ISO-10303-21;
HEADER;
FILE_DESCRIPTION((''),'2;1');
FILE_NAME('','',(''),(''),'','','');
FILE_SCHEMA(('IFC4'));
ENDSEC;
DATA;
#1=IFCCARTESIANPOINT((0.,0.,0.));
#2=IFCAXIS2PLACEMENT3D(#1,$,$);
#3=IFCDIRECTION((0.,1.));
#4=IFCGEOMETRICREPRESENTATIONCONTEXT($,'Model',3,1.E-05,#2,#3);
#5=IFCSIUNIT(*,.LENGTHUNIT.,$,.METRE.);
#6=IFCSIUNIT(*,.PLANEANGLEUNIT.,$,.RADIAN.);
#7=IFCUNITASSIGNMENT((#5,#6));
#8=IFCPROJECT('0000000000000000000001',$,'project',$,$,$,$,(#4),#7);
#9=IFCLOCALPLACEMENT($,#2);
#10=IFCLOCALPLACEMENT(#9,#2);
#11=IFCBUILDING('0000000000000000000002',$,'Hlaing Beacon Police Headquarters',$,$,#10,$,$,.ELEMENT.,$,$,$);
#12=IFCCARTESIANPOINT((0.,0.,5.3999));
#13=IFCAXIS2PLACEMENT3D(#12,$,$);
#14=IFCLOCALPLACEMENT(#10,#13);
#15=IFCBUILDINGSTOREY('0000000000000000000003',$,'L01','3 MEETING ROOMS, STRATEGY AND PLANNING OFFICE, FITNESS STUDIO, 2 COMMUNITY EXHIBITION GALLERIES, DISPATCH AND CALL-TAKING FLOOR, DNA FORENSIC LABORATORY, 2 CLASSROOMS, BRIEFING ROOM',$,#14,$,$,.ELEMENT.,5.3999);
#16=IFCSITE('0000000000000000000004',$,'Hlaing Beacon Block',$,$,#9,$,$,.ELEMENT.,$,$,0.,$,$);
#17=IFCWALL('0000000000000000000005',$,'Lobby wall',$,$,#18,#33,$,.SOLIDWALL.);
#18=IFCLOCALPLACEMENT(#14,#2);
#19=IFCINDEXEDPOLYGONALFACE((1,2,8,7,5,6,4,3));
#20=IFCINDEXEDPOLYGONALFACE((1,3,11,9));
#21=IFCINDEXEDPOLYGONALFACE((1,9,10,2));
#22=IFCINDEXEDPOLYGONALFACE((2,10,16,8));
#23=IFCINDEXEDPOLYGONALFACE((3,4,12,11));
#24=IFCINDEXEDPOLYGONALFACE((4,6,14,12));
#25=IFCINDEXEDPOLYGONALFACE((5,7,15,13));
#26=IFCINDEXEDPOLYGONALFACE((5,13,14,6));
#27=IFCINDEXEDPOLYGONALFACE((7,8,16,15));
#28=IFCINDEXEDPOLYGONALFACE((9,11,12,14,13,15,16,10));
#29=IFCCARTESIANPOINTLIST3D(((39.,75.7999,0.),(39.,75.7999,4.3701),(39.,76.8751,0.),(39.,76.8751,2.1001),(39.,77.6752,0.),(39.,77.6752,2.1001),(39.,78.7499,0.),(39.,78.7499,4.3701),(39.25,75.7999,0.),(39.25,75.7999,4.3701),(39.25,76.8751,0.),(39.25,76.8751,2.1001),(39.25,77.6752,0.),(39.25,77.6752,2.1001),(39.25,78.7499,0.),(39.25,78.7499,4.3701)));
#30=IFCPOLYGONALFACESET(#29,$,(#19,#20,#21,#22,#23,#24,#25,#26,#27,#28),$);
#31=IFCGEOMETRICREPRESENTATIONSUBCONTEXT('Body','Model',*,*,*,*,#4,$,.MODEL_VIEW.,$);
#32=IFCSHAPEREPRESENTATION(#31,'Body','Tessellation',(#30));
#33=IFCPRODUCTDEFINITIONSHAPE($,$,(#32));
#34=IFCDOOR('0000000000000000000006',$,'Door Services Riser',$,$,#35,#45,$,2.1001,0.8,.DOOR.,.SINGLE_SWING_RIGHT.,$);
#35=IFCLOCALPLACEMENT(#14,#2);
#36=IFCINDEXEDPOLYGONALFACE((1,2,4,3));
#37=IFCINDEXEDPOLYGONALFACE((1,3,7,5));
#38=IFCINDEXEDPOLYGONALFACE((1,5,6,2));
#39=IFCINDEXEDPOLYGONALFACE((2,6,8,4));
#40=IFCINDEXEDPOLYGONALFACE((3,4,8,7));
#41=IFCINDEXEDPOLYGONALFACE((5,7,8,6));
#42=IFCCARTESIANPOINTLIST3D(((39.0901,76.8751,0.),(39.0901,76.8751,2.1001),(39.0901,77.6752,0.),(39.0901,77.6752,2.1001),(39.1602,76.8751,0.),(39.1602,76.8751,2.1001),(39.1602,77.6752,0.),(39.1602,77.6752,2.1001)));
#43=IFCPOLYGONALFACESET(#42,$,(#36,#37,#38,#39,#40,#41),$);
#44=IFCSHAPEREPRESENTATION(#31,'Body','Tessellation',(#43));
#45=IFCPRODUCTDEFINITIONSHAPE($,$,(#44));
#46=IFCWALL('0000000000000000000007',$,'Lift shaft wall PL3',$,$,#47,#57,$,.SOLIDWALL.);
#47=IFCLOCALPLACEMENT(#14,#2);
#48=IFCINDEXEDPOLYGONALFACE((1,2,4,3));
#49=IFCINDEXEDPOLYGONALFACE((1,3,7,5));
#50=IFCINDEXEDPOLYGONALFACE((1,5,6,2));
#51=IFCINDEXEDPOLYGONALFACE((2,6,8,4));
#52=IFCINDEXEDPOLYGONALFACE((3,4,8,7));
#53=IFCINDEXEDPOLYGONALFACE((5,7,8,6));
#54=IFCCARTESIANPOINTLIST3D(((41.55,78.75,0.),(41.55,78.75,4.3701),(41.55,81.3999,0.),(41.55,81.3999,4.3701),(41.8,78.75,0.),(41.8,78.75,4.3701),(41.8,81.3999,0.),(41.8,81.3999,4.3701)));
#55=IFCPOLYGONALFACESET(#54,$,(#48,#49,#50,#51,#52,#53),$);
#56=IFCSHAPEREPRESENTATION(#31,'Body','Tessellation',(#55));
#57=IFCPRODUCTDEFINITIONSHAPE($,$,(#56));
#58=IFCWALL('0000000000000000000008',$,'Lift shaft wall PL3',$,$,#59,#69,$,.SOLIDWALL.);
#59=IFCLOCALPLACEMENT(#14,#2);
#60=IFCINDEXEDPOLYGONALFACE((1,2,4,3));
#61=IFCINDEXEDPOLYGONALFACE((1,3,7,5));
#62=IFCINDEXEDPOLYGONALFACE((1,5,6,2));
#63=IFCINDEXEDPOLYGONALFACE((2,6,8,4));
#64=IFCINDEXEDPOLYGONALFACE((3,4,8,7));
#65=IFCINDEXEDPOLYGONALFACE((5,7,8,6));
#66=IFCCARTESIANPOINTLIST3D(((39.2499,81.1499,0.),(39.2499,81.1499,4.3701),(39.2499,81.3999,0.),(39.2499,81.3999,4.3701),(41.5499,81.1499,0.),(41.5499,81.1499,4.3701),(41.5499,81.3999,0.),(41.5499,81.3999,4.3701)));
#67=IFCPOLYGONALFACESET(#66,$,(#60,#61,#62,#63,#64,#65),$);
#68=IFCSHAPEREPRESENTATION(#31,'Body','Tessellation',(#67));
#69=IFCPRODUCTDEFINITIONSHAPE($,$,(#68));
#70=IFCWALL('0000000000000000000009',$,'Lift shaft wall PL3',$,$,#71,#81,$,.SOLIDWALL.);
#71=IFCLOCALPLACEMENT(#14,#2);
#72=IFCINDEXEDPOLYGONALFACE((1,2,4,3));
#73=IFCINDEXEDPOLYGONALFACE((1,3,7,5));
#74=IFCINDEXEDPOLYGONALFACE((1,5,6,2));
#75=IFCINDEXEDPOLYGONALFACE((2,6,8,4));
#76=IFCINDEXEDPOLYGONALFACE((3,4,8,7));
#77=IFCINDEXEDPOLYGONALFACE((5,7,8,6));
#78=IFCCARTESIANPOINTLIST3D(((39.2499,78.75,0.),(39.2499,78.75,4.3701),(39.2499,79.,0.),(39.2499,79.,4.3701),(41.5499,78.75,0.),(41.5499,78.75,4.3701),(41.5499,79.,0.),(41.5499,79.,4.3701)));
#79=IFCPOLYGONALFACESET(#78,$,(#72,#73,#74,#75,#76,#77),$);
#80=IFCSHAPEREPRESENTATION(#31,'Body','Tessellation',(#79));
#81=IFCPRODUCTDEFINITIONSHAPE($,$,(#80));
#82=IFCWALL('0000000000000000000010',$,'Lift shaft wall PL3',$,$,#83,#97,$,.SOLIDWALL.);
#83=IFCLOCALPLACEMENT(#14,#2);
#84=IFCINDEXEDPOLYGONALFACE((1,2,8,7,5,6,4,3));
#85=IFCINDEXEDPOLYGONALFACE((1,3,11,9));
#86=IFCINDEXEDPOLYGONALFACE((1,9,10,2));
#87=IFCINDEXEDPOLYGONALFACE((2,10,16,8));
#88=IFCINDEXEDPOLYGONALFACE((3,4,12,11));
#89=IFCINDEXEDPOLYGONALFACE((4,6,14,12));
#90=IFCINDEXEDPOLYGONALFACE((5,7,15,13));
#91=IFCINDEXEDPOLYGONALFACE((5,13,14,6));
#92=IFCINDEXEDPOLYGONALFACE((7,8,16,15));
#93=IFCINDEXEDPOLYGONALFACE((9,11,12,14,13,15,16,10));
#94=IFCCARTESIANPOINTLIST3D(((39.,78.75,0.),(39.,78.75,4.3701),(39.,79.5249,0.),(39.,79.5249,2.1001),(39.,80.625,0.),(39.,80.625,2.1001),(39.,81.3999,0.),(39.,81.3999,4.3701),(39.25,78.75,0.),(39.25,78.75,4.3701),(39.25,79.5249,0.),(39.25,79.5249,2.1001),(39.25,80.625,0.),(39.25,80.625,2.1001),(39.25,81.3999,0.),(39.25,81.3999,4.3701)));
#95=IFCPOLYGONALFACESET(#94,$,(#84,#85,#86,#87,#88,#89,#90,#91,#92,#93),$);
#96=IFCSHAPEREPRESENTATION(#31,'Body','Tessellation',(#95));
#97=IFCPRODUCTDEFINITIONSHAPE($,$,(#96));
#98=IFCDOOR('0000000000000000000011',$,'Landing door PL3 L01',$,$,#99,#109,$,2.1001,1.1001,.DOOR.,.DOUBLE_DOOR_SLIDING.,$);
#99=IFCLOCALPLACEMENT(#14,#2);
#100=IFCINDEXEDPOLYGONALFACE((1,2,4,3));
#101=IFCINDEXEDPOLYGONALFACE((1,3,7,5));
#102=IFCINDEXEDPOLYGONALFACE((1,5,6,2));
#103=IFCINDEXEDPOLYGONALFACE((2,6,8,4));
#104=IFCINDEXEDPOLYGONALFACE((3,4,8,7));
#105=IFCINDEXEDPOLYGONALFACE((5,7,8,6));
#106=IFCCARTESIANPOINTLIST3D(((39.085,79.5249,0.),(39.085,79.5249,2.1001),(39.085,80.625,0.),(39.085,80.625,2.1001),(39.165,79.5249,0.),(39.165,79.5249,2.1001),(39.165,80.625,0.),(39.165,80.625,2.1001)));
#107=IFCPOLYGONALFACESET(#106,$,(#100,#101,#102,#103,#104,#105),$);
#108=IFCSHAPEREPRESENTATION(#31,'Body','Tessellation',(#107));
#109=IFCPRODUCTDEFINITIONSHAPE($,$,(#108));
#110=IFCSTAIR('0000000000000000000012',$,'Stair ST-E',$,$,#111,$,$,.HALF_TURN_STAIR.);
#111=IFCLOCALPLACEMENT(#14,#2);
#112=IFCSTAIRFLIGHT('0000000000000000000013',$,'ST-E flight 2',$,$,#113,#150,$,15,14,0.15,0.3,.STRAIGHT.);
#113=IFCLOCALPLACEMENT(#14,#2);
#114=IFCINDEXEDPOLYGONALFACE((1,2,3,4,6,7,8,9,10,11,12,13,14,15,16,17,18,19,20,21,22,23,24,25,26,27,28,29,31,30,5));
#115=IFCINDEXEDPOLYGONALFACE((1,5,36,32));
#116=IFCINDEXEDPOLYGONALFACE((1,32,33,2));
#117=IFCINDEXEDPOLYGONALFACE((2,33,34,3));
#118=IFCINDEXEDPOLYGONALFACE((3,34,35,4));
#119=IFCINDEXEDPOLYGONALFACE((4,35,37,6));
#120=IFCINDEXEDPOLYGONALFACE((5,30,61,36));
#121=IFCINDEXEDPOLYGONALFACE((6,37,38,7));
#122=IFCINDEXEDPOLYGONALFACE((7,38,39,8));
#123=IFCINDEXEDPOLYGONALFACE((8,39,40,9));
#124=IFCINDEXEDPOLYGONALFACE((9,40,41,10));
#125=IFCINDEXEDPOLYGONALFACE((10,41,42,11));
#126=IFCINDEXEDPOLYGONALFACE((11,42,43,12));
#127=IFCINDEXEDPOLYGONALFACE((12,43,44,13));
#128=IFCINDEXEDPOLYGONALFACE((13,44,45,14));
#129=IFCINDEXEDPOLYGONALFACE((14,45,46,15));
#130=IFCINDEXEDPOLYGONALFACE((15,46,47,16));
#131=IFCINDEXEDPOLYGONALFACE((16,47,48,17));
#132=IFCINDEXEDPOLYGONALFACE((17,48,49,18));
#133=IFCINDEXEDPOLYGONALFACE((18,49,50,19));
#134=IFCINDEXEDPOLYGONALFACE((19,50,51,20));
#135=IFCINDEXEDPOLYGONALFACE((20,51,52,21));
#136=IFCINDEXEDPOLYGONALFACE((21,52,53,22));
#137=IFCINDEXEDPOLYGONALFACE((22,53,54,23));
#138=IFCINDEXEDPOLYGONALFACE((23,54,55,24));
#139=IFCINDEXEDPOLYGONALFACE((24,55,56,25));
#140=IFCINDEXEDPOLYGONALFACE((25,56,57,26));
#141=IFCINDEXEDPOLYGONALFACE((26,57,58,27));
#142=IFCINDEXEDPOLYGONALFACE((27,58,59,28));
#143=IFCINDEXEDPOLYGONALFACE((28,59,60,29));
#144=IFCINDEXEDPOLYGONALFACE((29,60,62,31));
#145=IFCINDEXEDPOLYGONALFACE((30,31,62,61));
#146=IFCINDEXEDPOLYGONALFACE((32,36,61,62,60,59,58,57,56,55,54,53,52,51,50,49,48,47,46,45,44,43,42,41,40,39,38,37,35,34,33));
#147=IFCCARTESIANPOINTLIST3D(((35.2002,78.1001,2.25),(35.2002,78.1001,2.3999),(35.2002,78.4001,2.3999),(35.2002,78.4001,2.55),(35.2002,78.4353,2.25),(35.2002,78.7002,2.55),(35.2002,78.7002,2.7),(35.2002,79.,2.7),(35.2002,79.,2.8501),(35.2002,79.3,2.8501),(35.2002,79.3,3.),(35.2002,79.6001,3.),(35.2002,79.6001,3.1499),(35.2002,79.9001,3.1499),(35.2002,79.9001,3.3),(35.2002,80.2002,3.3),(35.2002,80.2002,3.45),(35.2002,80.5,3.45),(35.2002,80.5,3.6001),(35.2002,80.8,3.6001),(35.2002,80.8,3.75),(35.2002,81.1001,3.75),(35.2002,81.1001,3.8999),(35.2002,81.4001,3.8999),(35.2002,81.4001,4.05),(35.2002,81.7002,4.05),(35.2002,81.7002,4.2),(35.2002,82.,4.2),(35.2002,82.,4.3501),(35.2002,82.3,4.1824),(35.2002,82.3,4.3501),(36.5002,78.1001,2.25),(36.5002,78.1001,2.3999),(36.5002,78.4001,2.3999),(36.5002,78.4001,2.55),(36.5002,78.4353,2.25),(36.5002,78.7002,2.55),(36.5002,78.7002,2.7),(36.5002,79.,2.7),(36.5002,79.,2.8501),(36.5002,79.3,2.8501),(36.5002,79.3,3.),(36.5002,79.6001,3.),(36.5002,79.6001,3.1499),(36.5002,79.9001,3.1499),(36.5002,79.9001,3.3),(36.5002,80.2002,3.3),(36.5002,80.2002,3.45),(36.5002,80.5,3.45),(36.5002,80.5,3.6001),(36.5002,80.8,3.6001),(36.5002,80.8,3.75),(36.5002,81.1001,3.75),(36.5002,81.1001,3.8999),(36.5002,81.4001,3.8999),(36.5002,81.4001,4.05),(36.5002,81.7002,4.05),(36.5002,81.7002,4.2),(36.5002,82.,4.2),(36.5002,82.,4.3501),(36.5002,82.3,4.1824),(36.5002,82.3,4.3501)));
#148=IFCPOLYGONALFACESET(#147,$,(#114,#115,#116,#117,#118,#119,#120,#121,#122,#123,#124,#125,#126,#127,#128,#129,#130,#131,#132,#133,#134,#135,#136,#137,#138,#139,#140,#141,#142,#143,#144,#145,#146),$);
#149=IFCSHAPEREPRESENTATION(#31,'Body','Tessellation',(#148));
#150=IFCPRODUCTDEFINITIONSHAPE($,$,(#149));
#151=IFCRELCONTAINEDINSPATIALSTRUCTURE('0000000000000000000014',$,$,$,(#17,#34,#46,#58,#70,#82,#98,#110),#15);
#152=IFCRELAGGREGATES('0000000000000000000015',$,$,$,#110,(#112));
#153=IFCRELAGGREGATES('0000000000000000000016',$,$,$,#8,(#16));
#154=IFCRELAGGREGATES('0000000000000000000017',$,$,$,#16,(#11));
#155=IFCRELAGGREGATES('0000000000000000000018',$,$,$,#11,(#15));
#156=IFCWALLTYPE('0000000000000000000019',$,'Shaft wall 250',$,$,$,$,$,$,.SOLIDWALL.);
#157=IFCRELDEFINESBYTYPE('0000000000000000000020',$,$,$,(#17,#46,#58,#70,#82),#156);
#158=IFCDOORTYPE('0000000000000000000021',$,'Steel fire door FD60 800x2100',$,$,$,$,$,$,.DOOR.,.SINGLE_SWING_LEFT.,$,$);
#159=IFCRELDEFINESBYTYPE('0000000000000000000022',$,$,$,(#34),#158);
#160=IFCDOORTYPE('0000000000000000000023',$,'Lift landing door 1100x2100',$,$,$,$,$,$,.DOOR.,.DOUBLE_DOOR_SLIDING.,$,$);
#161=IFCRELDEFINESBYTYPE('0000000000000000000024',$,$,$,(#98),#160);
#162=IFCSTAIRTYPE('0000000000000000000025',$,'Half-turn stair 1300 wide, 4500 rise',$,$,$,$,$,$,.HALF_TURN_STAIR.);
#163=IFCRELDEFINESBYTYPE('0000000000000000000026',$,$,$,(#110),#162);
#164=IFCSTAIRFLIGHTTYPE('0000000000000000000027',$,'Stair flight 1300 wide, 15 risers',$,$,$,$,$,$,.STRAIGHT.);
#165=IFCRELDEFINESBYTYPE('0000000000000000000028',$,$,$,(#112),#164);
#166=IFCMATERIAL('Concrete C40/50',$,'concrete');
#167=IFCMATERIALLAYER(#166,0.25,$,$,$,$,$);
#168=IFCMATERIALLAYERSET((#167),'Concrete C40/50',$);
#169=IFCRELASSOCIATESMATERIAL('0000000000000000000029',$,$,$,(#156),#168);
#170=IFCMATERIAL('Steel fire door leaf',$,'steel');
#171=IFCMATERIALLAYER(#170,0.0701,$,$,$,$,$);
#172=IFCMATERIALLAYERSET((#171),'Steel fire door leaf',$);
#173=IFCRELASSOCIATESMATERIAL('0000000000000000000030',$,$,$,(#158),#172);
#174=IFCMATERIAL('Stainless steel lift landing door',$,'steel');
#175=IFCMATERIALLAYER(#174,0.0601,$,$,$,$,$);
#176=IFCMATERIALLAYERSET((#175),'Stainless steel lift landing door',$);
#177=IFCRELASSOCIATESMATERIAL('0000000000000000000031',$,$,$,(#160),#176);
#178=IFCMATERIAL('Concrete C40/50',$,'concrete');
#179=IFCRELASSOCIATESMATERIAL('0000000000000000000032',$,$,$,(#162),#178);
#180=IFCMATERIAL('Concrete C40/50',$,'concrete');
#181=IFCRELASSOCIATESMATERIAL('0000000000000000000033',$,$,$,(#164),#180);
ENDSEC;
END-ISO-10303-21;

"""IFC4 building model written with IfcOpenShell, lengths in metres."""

from ifc_helpers import new_model, si_unit, direction, frame, frame_2d, origin, place, context, subcontext, project, spatial, polyline, rectangle, outline, extrude, material, layer, layer_set, type_object, element, fill, aggregate, save


model = new_model("IFC4")

# Units and contexts
model_context = context("Model", 3, precision=1e-05, world=origin(), true_north=direction((0.0, 1.0)))
body_context = subcontext(model_context, "Body", "Model", "MODEL_VIEW")
ifc_project = project(units=[si_unit("LENGTHUNIT", "METRE"), si_unit("PLANEANGLEUNIT", "RADIAN")], contexts=[model_context])

# Site, building, storey
site_placement = place(None, origin())
site = spatial("IfcSite", under=ifc_project, at=site_placement, Name="Hlaing Beacon Block", CompositionType="ELEMENT", RefElevation=0.0)
building_placement = place(site_placement, origin())
building = spatial("IfcBuilding", under=site, at=building_placement, Name="Hlaing Beacon Police Headquarters", CompositionType="ELEMENT")
storey_placement = place(building_placement, frame((0.0, 0.0, 5.3999)))
storey = spatial("IfcBuildingStorey", under=building, at=storey_placement, Name="L01", Description="3 MEETING ROOMS, STRATEGY AND PLANNING OFFICE, FITNESS STUDIO, 2 COMMUNITY EXHIBITION GALLERIES, DISPATCH AND CALL-TAKING FLOOR, DNA FORENSIC LABORATORY, 2 CLASSROOMS, BRIEFING ROOM", CompositionType="ELEMENT", Elevation=5.3999)

# Wall, opening, door
ifc_material_1 = material(Name="Concrete C40/50", Category="concrete")
ifc_layer_1 = layer(ifc_material_1, 0.25)
ifc_layer_set_1 = layer_set([ifc_layer_1], Name="Concrete C40/50")
wall_type_1 = type_object("IfcWallType", Name="Shaft wall 250", PredefinedType="SOLIDWALL", material=ifc_layer_set_1)
wall_1_placement = place(storey_placement, frame((39.125, 78.75, 0.0), z_axis=(0.0, 0.0, 1.0), x_axis=(0.0, -1.0, 0.0)))
wall_1 = element("IfcWall", 1, at=wall_1_placement, inside=storey, type_object=wall_type_1, Name="Lobby wall", PredefinedType="SOLIDWALL", context=body_context, shape_type="SweptSolid", body=[
    extrude(rectangle(XDim=2.95, YDim=0.25, at=frame_2d((1.4751, 0.0))), origin(), (0.0, 0.0, 1.0), 4.3701),
])
opening_1_placement = place(wall_1_placement, frame((1.075, 0.0, 0.0)))
opening_1 = element("IfcOpeningElement", 2, at=opening_1_placement, cuts=wall_1, PredefinedType="OPENING", context=body_context, shape_type="SweptSolid", body=[
    extrude(rectangle(XDim=0.8, YDim=2.1001, at=frame_2d((0.3999, 1.05))), frame((0.0, 0.135, 0.0), z_axis=(0.0, -1.0, 0.0), x_axis=(1.0, 0.0, 0.0)), (0.0, 0.0, 1.0), 0.27),
])
ifc_material_2 = material(Name="Steel fire door leaf", Category="steel")
ifc_layer_2 = layer(ifc_material_2, 0.0701)
ifc_layer_set_2 = layer_set([ifc_layer_2], Name="Steel fire door leaf")
door_type_1 = type_object("IfcDoorType", Name="Steel fire door FD60 800x2100", OperationType="SINGLE_SWING_LEFT", PredefinedType="DOOR", material=ifc_layer_set_2)
door_1_placement = place(opening_1_placement, origin())
door_1 = element("IfcDoor", 3, at=door_1_placement, inside=storey, type_object=door_type_1, Name="Door Services Riser", OperationType="SINGLE_SWING_RIGHT", OverallHeight=2.1001, OverallWidth=0.8, PredefinedType="DOOR", context=body_context, shape_type="SweptSolid", body=[
    extrude(rectangle(XDim=0.8, YDim=2.1001, at=frame_2d((0.3999, 1.05))), frame((0.0, 0.0352, 0.0), z_axis=(0.0, -1.0, 0.0), x_axis=(1.0, 0.0, 0.0)), (0.0, 0.0, 1.0), 0.0701),
])
fill(opening_1, door_1)

# Walls
wall_2_placement = place(storey_placement, frame((41.675, 78.75, 0.0), z_axis=(0.0, 0.0, 1.0), x_axis=(0.0, 1.0, 0.0)))
element("IfcWall", 4, at=wall_2_placement, inside=storey, type_object=wall_type_1, Name="Lift shaft wall PL3", PredefinedType="SOLIDWALL", context=body_context, shape_type="SweptSolid", body=[
    extrude(rectangle(XDim=2.6499, YDim=0.25, at=frame_2d((1.325, 0.0))), origin(), (0.0, 0.0, 1.0), 4.3701),
])
for number, where, z_axis, x_axis, name in (
    (5, (39.25, 81.2749, 0.0), (0.0, 0.0, 1.0), (1.0, 0.0, 0.0), "Lift shaft wall PL3"),
    (6, (39.25, 78.875, 0.0), (0.0, 0.0, 1.0), (1.0, 0.0, 0.0), "Lift shaft wall PL3"),
):
    element("IfcWall", number, at=place(storey_placement, frame(where, z_axis=z_axis, x_axis=x_axis)), inside=storey, type_object=wall_type_1, Name=name, PredefinedType="SOLIDWALL", context=body_context, shape_type="SweptSolid", body=[
        extrude(rectangle(XDim=2.3, YDim=0.25, at=frame_2d((1.1499, 0.0))), origin(), (0.0, 0.0, 1.0), 4.3701),
    ])

# Wall, opening, door
wall_3_placement = place(storey_placement, frame((39.125, 78.75, 0.0), z_axis=(0.0, 0.0, 1.0), x_axis=(0.0, 1.0, 0.0)))
wall_3 = element("IfcWall", 7, at=wall_3_placement, inside=storey, type_object=wall_type_1, Name="Lift shaft wall PL3", PredefinedType="SOLIDWALL", context=body_context, shape_type="SweptSolid", body=[
    extrude(rectangle(XDim=2.6499, YDim=0.25, at=frame_2d((1.325, 0.0))), origin(), (0.0, 0.0, 1.0), 4.3701),
])
opening_2_placement = place(wall_3_placement, frame((0.7749, 0.0, 0.0)))
opening_2 = element("IfcOpeningElement", 8, at=opening_2_placement, cuts=wall_3, PredefinedType="OPENING", context=body_context, shape_type="SweptSolid", body=[
    extrude(rectangle(XDim=1.1001, YDim=2.1001, at=frame_2d((0.55, 1.05))), frame((0.0, 0.135, 0.0), z_axis=(0.0, -1.0, 0.0), x_axis=(1.0, 0.0, 0.0)), (0.0, 0.0, 1.0), 0.27),
])
ifc_material_3 = material(Name="Stainless steel lift landing door", Category="steel")
ifc_layer_3 = layer(ifc_material_3, 0.0601)
ifc_layer_set_3 = layer_set([ifc_layer_3], Name="Stainless steel lift landing door")
door_type_2 = type_object("IfcDoorType", Name="Lift landing door 1100x2100", OperationType="DOUBLE_DOOR_SLIDING", PredefinedType="DOOR", material=ifc_layer_set_3)
door_2_placement = place(opening_2_placement, origin())
door_2 = element("IfcDoor", 9, at=door_2_placement, inside=storey, type_object=door_type_2, Name="Landing door PL3 L01", OperationType="DOUBLE_DOOR_SLIDING", OverallHeight=2.1001, OverallWidth=1.1001, PredefinedType="DOOR", context=body_context, shape_type="SweptSolid", body=[
    extrude(rectangle(XDim=1.1001, YDim=2.1001, at=frame_2d((0.55, 1.05))), frame((0.0, 0.04, 0.0), z_axis=(0.0, -1.0, 0.0), x_axis=(1.0, 0.0, 0.0)), (0.0, 0.0, 1.0), 0.0801),
])
fill(opening_2, door_2)

# Stair, stair flight
ifc_material_4 = material(Name="Concrete C40/50", Category="concrete")
stair_type = type_object("IfcStairType", Name="Half-turn stair 1300 wide, 4500 rise", PredefinedType="HALF_TURN_STAIR", material=ifc_material_4)
stair_placement = place(storey_placement, origin())
stair = element("IfcStair", 10, at=stair_placement, inside=storey, type_object=stair_type, Name="Stair ST-E", PredefinedType="HALF_TURN_STAIR")
ifc_material_5 = material(Name="Concrete C40/50", Category="concrete")
stair_flight_type = type_object("IfcStairFlightType", Name="Stair flight 1300 wide, 15 risers", PredefinedType="STRAIGHT", material=ifc_material_5)
stair_flight_placement = place(storey_placement, frame((35.8501, 78.1001, 2.25), z_axis=(0.0, 0.0, 1.0), x_axis=(0.0, 1.0, 0.0)))
stair_flight = element("IfcStairFlight", 11, at=stair_flight_placement, type_object=stair_flight_type, Name="ST-E flight 2", NumberOfRisers=15, NumberOfTreads=14, PredefinedType="STRAIGHT", RiserHeight=0.15, TreadLength=0.3, context=body_context, shape_type="SweptSolid", body=[
    extrude(outline(polyline([(0.0, 0.0), (0.0, 0.1499), (0.3, 0.1499), (0.3, 0.3), (0.6001, 0.3), (0.6001, 0.45), (0.8999, 0.45), (0.8999, 0.6001), (1.2, 0.6001), (1.2, 0.75), (1.5, 0.75), (1.5, 0.8999), (1.8, 0.8999), (1.8, 1.05), (2.1001, 1.05), (2.1001, 1.2), (2.3999, 1.2), (2.3999, 1.3501), (2.7, 1.3501), (2.7, 1.5), (3.0, 1.5), (3.0, 1.6499), (3.3, 1.6499), (3.3, 1.8), (3.6001, 1.8), (3.6001, 1.95), (3.8999, 1.95), (3.8999, 2.1001), (4.2, 2.1001), (4.2, 2.25), (4.2, 1.9324), (0.3352, 0.0), (0.0, 0.0)])), frame((0.0, 0.6499, 0.0), z_axis=(0.0, -1.0, 0.0), x_axis=(1.0, 0.0, 0.0)), (0.0, 0.0, 1.0), 1.3),
])
aggregate(stair, [stair_flight])

save(model, "model.ifc")
